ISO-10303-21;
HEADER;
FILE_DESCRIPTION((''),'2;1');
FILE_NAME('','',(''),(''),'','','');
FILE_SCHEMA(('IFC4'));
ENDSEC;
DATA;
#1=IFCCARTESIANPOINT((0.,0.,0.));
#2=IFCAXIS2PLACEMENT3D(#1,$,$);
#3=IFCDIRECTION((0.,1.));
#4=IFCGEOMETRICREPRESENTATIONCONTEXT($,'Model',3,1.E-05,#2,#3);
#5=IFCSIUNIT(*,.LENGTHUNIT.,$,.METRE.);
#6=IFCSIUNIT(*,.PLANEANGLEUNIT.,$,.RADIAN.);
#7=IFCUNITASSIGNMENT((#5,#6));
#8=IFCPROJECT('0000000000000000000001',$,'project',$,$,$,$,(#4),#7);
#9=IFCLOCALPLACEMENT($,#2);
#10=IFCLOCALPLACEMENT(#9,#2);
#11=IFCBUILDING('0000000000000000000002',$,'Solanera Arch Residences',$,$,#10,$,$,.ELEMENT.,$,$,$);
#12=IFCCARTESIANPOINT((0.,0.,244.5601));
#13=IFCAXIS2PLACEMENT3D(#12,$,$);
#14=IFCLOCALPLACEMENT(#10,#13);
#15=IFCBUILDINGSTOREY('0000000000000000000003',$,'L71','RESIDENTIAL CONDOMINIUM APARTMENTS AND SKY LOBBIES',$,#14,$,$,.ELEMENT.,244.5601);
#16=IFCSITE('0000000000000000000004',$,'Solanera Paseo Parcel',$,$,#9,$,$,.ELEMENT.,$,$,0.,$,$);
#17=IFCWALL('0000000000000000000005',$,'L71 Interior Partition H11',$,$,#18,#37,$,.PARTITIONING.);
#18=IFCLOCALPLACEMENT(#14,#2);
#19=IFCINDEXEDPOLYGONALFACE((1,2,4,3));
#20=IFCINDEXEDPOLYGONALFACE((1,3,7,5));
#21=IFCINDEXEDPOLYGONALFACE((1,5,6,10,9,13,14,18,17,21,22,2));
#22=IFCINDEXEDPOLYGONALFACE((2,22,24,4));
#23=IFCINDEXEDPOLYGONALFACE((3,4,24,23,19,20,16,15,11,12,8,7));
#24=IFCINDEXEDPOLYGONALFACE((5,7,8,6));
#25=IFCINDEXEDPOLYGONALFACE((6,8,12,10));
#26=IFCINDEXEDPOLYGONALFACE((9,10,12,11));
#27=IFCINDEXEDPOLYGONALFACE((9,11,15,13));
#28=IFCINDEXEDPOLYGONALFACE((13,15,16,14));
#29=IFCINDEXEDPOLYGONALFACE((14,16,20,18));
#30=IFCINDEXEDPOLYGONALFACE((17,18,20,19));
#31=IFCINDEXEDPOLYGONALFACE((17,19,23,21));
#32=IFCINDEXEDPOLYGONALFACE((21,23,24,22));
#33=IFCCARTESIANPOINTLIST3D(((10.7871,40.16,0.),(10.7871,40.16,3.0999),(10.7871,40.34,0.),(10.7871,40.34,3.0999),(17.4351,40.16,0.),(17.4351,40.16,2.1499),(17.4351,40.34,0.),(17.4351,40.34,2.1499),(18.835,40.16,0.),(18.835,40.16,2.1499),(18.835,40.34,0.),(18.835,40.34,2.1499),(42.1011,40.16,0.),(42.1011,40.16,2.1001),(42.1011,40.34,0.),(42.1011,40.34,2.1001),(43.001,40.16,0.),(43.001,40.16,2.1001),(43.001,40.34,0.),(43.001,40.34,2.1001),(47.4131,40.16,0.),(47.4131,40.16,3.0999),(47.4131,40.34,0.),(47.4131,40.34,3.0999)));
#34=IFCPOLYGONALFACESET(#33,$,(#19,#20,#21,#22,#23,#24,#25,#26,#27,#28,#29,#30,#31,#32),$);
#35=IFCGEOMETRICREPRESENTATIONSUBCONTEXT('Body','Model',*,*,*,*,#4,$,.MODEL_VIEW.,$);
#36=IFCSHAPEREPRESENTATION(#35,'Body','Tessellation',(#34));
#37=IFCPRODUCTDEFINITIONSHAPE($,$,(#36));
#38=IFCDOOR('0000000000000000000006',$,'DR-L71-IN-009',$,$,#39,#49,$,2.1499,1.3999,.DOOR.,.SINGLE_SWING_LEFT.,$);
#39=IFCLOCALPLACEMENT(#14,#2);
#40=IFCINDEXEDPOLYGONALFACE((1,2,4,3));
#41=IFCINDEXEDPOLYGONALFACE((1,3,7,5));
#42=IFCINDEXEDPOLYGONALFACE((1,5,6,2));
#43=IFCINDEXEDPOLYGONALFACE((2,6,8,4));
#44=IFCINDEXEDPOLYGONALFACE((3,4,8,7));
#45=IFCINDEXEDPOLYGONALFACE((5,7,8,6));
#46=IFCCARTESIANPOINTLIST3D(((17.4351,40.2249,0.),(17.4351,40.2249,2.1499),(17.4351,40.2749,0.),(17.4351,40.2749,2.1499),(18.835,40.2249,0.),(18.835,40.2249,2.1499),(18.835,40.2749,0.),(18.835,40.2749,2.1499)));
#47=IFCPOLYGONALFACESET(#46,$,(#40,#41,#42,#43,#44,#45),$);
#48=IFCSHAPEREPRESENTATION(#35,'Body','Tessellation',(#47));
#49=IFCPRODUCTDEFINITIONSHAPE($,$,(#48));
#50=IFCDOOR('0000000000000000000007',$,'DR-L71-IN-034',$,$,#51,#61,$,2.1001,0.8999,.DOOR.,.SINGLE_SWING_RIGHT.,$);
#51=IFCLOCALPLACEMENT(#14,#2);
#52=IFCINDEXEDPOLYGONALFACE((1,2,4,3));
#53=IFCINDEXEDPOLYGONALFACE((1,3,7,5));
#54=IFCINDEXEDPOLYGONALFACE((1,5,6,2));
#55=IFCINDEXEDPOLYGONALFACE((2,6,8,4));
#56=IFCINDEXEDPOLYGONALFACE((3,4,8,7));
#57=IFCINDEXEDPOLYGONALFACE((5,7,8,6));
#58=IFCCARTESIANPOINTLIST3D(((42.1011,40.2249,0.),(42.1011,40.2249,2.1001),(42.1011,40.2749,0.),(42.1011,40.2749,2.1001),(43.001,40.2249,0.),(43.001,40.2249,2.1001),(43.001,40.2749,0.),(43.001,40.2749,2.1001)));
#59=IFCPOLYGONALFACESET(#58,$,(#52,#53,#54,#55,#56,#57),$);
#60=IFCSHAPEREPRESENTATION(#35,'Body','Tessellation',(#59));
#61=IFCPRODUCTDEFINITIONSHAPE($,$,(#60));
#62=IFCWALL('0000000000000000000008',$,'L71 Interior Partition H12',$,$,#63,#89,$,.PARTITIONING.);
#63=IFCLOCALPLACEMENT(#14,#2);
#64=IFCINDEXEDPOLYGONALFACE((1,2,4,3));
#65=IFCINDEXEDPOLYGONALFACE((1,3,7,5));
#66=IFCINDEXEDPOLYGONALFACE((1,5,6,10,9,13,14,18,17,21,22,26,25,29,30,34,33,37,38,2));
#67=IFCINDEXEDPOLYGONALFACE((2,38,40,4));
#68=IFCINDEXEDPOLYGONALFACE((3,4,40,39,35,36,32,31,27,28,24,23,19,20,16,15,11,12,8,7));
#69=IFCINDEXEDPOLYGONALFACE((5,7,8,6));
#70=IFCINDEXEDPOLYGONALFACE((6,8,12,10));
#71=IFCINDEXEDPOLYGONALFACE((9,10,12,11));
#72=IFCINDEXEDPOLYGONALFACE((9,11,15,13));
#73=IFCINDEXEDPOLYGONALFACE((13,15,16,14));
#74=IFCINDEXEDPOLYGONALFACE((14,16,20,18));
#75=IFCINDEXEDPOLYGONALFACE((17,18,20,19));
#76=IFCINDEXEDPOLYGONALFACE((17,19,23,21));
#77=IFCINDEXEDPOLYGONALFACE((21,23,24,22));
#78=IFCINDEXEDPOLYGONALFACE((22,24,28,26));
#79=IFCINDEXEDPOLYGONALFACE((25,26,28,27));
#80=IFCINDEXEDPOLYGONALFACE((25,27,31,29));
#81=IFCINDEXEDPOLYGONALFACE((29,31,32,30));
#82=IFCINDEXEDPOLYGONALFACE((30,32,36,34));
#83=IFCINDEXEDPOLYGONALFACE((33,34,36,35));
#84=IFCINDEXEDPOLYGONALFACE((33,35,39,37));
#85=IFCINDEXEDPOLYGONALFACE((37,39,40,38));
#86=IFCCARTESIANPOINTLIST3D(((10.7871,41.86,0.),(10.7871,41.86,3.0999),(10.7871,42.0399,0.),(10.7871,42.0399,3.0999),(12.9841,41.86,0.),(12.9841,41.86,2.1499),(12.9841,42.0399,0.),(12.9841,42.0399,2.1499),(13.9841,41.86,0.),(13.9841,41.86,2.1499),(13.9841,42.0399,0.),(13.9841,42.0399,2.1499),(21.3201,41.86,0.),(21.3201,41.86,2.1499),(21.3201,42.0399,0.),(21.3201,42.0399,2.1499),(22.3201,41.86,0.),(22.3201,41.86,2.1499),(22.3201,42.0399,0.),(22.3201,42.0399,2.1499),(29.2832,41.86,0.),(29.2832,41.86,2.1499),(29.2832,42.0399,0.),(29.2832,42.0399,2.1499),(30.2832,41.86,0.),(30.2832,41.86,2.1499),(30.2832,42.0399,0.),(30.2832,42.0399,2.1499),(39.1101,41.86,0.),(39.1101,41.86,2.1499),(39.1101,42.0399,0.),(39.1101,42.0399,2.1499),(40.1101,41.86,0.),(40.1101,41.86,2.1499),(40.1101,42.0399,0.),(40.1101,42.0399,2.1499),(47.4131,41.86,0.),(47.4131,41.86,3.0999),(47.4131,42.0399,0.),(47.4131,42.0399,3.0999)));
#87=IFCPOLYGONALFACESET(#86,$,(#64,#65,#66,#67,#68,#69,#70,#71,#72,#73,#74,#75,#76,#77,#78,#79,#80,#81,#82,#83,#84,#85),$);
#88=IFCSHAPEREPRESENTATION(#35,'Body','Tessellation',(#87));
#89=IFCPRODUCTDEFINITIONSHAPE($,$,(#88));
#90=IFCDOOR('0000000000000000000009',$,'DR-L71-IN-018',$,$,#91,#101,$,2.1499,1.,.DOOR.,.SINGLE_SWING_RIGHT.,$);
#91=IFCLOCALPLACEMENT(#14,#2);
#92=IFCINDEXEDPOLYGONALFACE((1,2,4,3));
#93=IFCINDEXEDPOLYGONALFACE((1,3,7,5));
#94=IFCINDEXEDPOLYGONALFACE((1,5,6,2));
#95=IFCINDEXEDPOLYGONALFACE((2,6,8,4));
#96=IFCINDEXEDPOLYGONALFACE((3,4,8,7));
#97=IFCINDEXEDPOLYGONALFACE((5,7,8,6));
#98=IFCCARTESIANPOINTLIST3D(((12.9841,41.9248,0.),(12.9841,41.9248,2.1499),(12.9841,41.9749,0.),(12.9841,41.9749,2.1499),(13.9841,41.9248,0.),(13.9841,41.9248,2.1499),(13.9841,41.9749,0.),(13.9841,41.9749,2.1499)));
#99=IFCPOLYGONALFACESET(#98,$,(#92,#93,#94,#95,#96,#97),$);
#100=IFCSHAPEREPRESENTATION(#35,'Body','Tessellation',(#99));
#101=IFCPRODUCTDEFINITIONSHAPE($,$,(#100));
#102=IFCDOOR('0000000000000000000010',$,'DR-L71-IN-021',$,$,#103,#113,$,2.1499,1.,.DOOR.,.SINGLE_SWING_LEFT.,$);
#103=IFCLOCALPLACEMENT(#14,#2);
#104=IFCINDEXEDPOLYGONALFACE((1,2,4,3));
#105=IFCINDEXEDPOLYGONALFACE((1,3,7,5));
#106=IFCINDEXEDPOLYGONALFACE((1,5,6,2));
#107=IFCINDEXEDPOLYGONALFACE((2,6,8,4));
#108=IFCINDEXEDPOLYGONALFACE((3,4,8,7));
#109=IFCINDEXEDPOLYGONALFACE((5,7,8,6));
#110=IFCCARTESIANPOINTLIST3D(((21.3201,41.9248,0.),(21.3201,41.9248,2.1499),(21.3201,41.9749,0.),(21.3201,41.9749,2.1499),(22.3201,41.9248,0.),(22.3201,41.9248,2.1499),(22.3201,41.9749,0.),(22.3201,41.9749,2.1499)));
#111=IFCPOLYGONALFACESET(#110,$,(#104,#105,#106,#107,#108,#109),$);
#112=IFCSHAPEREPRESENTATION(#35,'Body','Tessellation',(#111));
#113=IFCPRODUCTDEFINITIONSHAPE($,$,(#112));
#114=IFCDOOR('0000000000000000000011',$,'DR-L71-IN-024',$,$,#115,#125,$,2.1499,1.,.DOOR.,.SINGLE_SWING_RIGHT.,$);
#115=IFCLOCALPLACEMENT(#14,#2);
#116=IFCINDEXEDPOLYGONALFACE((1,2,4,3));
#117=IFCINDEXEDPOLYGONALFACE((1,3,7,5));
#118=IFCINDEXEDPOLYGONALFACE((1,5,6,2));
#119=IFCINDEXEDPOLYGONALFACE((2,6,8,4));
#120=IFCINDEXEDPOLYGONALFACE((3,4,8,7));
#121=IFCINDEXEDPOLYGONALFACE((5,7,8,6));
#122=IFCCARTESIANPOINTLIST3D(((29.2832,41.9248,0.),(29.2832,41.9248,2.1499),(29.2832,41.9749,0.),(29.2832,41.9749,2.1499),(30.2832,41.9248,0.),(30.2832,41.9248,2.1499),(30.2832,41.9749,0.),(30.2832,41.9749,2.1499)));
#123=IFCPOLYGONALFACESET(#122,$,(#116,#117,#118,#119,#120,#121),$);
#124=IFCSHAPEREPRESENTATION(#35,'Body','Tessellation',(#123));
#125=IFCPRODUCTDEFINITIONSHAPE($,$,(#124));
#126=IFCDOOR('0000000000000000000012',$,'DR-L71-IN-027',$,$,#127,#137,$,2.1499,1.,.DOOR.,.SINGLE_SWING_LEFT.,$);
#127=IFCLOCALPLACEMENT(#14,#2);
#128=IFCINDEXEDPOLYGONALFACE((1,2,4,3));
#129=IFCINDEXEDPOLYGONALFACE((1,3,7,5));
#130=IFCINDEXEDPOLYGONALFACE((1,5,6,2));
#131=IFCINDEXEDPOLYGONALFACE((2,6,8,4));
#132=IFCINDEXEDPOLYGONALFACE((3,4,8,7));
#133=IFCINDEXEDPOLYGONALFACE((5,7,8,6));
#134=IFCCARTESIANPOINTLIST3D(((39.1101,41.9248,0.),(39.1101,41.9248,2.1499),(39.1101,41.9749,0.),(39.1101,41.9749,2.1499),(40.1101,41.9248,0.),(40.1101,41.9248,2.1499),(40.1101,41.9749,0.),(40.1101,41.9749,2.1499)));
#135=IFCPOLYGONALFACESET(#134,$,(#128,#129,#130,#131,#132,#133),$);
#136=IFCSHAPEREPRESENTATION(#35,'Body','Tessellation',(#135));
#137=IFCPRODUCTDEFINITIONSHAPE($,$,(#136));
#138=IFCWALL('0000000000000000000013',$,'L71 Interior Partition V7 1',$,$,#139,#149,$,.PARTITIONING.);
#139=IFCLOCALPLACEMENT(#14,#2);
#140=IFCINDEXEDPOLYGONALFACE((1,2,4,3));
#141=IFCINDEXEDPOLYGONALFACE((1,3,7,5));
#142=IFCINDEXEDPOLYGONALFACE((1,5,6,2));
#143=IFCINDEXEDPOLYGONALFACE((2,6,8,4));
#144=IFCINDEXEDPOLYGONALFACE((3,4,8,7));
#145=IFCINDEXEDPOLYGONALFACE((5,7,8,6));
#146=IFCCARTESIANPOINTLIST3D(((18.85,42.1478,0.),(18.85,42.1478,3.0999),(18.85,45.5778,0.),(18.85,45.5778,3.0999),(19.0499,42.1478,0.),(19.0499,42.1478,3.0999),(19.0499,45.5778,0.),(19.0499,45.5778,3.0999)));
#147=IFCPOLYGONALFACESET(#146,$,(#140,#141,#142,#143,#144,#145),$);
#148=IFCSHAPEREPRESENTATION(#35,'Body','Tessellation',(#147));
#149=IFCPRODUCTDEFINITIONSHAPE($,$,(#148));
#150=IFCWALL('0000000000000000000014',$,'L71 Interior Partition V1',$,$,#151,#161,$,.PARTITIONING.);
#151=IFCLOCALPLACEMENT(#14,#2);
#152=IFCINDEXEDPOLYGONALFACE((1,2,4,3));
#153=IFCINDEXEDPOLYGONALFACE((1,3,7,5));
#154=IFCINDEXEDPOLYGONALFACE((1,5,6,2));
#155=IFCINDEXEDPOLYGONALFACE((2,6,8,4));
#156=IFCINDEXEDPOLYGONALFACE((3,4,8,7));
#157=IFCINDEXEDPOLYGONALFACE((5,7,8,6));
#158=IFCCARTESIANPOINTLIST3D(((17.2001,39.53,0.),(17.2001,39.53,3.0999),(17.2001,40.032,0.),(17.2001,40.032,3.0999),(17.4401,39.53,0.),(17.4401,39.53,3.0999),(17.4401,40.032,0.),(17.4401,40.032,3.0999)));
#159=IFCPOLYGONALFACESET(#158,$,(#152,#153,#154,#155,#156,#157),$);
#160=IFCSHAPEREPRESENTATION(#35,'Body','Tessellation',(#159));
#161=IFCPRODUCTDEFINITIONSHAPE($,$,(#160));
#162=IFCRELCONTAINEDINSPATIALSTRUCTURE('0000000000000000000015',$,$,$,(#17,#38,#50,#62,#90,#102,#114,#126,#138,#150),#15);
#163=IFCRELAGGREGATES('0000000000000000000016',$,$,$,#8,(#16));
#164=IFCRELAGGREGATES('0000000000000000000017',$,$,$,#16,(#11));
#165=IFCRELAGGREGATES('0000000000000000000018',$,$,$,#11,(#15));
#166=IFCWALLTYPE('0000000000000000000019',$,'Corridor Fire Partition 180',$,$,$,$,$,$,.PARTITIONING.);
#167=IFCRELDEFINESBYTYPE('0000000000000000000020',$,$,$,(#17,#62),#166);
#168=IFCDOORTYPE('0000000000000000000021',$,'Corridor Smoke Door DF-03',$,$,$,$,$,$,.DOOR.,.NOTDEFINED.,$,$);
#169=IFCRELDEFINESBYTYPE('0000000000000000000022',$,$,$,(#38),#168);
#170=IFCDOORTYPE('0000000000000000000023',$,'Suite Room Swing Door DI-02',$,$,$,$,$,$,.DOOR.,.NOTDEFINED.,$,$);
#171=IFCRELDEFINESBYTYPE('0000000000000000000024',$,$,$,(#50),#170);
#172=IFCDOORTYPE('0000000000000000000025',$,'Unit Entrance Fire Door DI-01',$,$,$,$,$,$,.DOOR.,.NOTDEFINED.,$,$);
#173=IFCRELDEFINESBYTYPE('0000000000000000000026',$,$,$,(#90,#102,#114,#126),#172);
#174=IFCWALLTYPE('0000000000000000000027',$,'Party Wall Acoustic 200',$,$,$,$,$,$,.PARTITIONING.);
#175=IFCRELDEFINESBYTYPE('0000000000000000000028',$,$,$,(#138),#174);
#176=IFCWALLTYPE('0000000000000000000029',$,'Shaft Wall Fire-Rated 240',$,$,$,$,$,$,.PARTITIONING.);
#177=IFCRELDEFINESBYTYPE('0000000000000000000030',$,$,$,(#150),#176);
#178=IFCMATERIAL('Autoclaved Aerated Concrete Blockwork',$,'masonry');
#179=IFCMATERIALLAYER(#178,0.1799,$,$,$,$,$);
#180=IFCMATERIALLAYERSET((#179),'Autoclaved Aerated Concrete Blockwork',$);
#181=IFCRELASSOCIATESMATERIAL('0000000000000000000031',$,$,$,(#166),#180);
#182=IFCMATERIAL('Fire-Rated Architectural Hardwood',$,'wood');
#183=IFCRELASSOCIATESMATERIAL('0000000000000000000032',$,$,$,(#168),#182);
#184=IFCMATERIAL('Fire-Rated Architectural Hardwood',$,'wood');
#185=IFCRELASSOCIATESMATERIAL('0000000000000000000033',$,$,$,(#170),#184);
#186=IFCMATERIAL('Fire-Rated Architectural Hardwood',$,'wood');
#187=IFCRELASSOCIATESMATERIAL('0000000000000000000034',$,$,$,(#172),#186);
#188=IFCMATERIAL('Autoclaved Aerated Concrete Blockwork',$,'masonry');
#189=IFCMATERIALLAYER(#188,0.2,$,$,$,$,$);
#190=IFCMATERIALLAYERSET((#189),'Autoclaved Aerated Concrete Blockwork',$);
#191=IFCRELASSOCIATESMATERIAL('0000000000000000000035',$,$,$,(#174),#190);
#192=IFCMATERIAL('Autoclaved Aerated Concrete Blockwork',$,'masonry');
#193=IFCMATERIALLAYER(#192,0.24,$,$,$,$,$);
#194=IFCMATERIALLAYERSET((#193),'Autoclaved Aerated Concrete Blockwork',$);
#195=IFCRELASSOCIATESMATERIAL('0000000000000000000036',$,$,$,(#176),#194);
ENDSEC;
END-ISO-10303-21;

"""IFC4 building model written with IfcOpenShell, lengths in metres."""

from ifc_helpers import new_model, si_unit, direction, frame, frame_2d, origin, place, context, subcontext, project, spatial, rectangle, extrude, material, layer, layer_set, type_object, element, fill, save


model = new_model("IFC4")

# Units and contexts
model_context = context("Model", 3, precision=1e-05, world=origin(), true_north=direction((0.0, 1.0)))
body_context = subcontext(model_context, "Body", "Model", "MODEL_VIEW")
ifc_project = project(units=[si_unit("LENGTHUNIT", "METRE"), si_unit("PLANEANGLEUNIT", "RADIAN")], contexts=[model_context])

# Site, building, storey
site_placement = place(None, origin())
site = spatial("IfcSite", under=ifc_project, at=site_placement, Name="Solanera Paseo Parcel", CompositionType="ELEMENT", RefElevation=0.0)
building_placement = place(site_placement, origin())
building = spatial("IfcBuilding", under=site, at=building_placement, Name="Solanera Arch Residences", CompositionType="ELEMENT")
storey_placement = place(building_placement, frame((0.0, 0.0, 244.5601)))
storey = spatial("IfcBuildingStorey", under=building, at=storey_placement, Name="L71", Description="RESIDENTIAL CONDOMINIUM APARTMENTS AND SKY LOBBIES", CompositionType="ELEMENT", Elevation=244.5601)

# Walls, openings, doors
ifc_material_1 = material(Name="Autoclaved Aerated Concrete Blockwork", Category="masonry")
ifc_layer_1 = layer(ifc_material_1, 0.1799)
ifc_layer_set_1 = layer_set([ifc_layer_1], Name="Autoclaved Aerated Concrete Blockwork")
wall_type_1 = type_object("IfcWallType", Name="Corridor Fire Partition 180", PredefinedType="PARTITIONING", material=ifc_layer_set_1)
wall_1_placement = place(storey_placement, frame((10.7871, 40.25, 0.0), z_axis=(0.0, 0.0, 1.0), x_axis=(1.0, 0.0, 0.0)))
wall_1 = element("IfcWall", 1, at=wall_1_placement, inside=storey, type_object=wall_type_1, Name="L71 Interior Partition H11", PredefinedType="PARTITIONING", context=body_context, shape_type="SweptSolid", body=[
    extrude(rectangle(XDim=36.626, YDim=0.1799, at=frame_2d((18.313, 0.0))), origin(), (0.0, 0.0, 1.0), 3.0999),
])
opening_1_placement = place(wall_1_placement, frame((6.6479, 0.0, 0.0)))
opening_1 = element("IfcOpeningElement", 2, at=opening_1_placement, cuts=wall_1, PredefinedType="OPENING", context=body_context, shape_type="SweptSolid", body=[
    extrude(rectangle(XDim=1.3999, YDim=2.1499, at=frame_2d((0.7, 1.075))), frame((0.0, 0.1001, 0.0), z_axis=(0.0, -1.0, 0.0), x_axis=(1.0, 0.0, 0.0)), (0.0, 0.0, 1.0), 0.1999),
])
opening_2_placement = place(wall_1_placement, frame((31.314, 0.0, 0.0)))
opening_2 = element("IfcOpeningElement", 3, at=opening_2_placement, cuts=wall_1, PredefinedType="OPENING", context=body_context, shape_type="SweptSolid", body=[
    extrude(rectangle(XDim=0.8999, YDim=2.1001, at=frame_2d((0.45, 1.05))), frame((0.0, 0.1001, 0.0), z_axis=(0.0, -1.0, 0.0), x_axis=(1.0, 0.0, 0.0)), (0.0, 0.0, 1.0), 0.1999),
])
ifc_material_2 = material(Name="Fire-Rated Architectural Hardwood", Category="wood")
door_type_1 = type_object("IfcDoorType", Name="Corridor Smoke Door DF-03", OperationType="NOTDEFINED", PredefinedType="DOOR", material=ifc_material_2)
door_1_placement = place(opening_1_placement, origin())
door_1 = element("IfcDoor", 4, at=door_1_placement, inside=storey, type_object=door_type_1, Name="DR-L71-IN-009", OperationType="SINGLE_SWING_LEFT", OverallHeight=2.1499, OverallWidth=1.3999, PredefinedType="DOOR", context=body_context, shape_type="SweptSolid", body=[
    extrude(rectangle(XDim=1.3999, YDim=2.1499, at=frame_2d((0.7, 1.075))), frame((0.0, 0.0249, 0.0), z_axis=(0.0, -1.0, 0.0), x_axis=(1.0, 0.0, 0.0)), (0.0, 0.0, 1.0), 0.05),
])
fill(opening_1, door_1)
ifc_material_3 = material(Name="Fire-Rated Architectural Hardwood", Category="wood")
door_type_2 = type_object("IfcDoorType", Name="Suite Room Swing Door DI-02", OperationType="NOTDEFINED", PredefinedType="DOOR", material=ifc_material_3)
door_2_placement = place(opening_2_placement, origin())
door_2 = element("IfcDoor", 5, at=door_2_placement, inside=storey, type_object=door_type_2, Name="DR-L71-IN-034", OperationType="SINGLE_SWING_RIGHT", OverallHeight=2.1001, OverallWidth=0.8999, PredefinedType="DOOR", context=body_context, shape_type="SweptSolid", body=[
    extrude(rectangle(XDim=0.8999, YDim=2.1001, at=frame_2d((0.45, 1.05))), frame((0.0, 0.0249, 0.0), z_axis=(0.0, -1.0, 0.0), x_axis=(1.0, 0.0, 0.0)), (0.0, 0.0, 1.0), 0.05),
])
fill(opening_2, door_2)
wall_2_placement = place(storey_placement, frame((10.7871, 41.95, 0.0), z_axis=(0.0, 0.0, 1.0), x_axis=(1.0, 0.0, 0.0)))
wall_2 = element("IfcWall", 6, at=wall_2_placement, inside=storey, type_object=wall_type_1, Name="L71 Interior Partition H12", PredefinedType="PARTITIONING", context=body_context, shape_type="SweptSolid", body=[
    extrude(rectangle(XDim=36.626, YDim=0.1799, at=frame_2d((18.313, 0.0))), origin(), (0.0, 0.0, 1.0), 3.0999),
])
opening_3_placement = place(wall_2_placement, frame((2.197, 0.0, 0.0)))
opening_3 = element("IfcOpeningElement", 7, at=opening_3_placement, cuts=wall_2, PredefinedType="OPENING", context=body_context, shape_type="SweptSolid", body=[
    extrude(rectangle(XDim=1.0, YDim=2.1499, at=frame_2d((0.5, 1.075))), frame((0.0, 0.1001, 0.0), z_axis=(0.0, -1.0, 0.0), x_axis=(1.0, 0.0, 0.0)), (0.0, 0.0, 1.0), 0.1999),
])
opening_4_placement = place(wall_2_placement, frame((10.533, 0.0, 0.0)))
opening_4 = element("IfcOpeningElement", 8, at=opening_4_placement, cuts=wall_2, PredefinedType="OPENING", context=body_context, shape_type="SweptSolid", body=[
    extrude(rectangle(XDim=1.0, YDim=2.1499, at=frame_2d((0.5, 1.075))), frame((0.0, 0.1001, 0.0), z_axis=(0.0, -1.0, 0.0), x_axis=(1.0, 0.0, 0.0)), (0.0, 0.0, 1.0), 0.1999),
])
opening_5_placement = place(wall_2_placement, frame((18.4961, 0.0, 0.0)))
opening_5 = element("IfcOpeningElement", 9, at=opening_5_placement, cuts=wall_2, PredefinedType="OPENING", context=body_context, shape_type="SweptSolid", body=[
    extrude(rectangle(XDim=1.0, YDim=2.1499, at=frame_2d((0.5, 1.075))), frame((0.0, 0.1001, 0.0), z_axis=(0.0, -1.0, 0.0), x_axis=(1.0, 0.0, 0.0)), (0.0, 0.0, 1.0), 0.1999),
])
opening_6_placement = place(wall_2_placement, frame((28.323, 0.0, 0.0)))
opening_6 = element("IfcOpeningElement", 10, at=opening_6_placement, cuts=wall_2, PredefinedType="OPENING", context=body_context, shape_type="SweptSolid", body=[
    extrude(rectangle(XDim=1.0, YDim=2.1499, at=frame_2d((0.5, 1.075))), frame((0.0, 0.1001, 0.0), z_axis=(0.0, -1.0, 0.0), x_axis=(1.0, 0.0, 0.0)), (0.0, 0.0, 1.0), 0.1999),
])
ifc_material_4 = material(Name="Fire-Rated Architectural Hardwood", Category="wood")
door_type_3 = type_object("IfcDoorType", Name="Unit Entrance Fire Door DI-01", OperationType="NOTDEFINED", PredefinedType="DOOR", material=ifc_material_4)
door_3_placement = place(opening_3_placement, origin())
door_3 = element("IfcDoor", 11, at=door_3_placement, inside=storey, type_object=door_type_3, Name="DR-L71-IN-018", OperationType="SINGLE_SWING_RIGHT", OverallHeight=2.1499, OverallWidth=1.0, PredefinedType="DOOR", context=body_context, shape_type="SweptSolid", body=[
    extrude(rectangle(XDim=1.0, YDim=2.1499, at=frame_2d((0.5, 1.075))), frame((0.0, 0.0249, 0.0), z_axis=(0.0, -1.0, 0.0), x_axis=(1.0, 0.0, 0.0)), (0.0, 0.0, 1.0), 0.05),
])
fill(opening_3, door_3)
door_4_placement = place(opening_4_placement, origin())
door_4 = element("IfcDoor", 12, at=door_4_placement, inside=storey, type_object=door_type_3, Name="DR-L71-IN-021", OperationType="SINGLE_SWING_LEFT", OverallHeight=2.1499, OverallWidth=1.0, PredefinedType="DOOR", context=body_context, shape_type="SweptSolid", body=[
    extrude(rectangle(XDim=1.0, YDim=2.1499, at=frame_2d((0.5, 1.075))), frame((0.0, 0.0249, 0.0), z_axis=(0.0, -1.0, 0.0), x_axis=(1.0, 0.0, 0.0)), (0.0, 0.0, 1.0), 0.05),
])
fill(opening_4, door_4)
door_5_placement = place(opening_5_placement, origin())
door_5 = element("IfcDoor", 13, at=door_5_placement, inside=storey, type_object=door_type_3, Name="DR-L71-IN-024", OperationType="SINGLE_SWING_RIGHT", OverallHeight=2.1499, OverallWidth=1.0, PredefinedType="DOOR", context=body_context, shape_type="SweptSolid", body=[
    extrude(rectangle(XDim=1.0, YDim=2.1499, at=frame_2d((0.5, 1.075))), frame((0.0, 0.0249, 0.0), z_axis=(0.0, -1.0, 0.0), x_axis=(1.0, 0.0, 0.0)), (0.0, 0.0, 1.0), 0.05),
])
fill(opening_5, door_5)
door_6_placement = place(opening_6_placement, origin())
door_6 = element("IfcDoor", 14, at=door_6_placement, inside=storey, type_object=door_type_3, Name="DR-L71-IN-027", OperationType="SINGLE_SWING_LEFT", OverallHeight=2.1499, OverallWidth=1.0, PredefinedType="DOOR", context=body_context, shape_type="SweptSolid", body=[
    extrude(rectangle(XDim=1.0, YDim=2.1499, at=frame_2d((0.5, 1.075))), frame((0.0, 0.0249, 0.0), z_axis=(0.0, -1.0, 0.0), x_axis=(1.0, 0.0, 0.0)), (0.0, 0.0, 1.0), 0.05),
])
fill(opening_6, door_6)

# Walls
ifc_material_5 = material(Name="Autoclaved Aerated Concrete Blockwork", Category="masonry")
ifc_layer_2 = layer(ifc_material_5, 0.2)
ifc_layer_set_2 = layer_set([ifc_layer_2], Name="Autoclaved Aerated Concrete Blockwork")
wall_type_2 = type_object("IfcWallType", Name="Party Wall Acoustic 200", PredefinedType="PARTITIONING", material=ifc_layer_set_2)
wall_3_placement = place(storey_placement, frame((18.95, 42.1479, 0.0), z_axis=(0.0, 0.0, 1.0), x_axis=(0.0, 1.0, 0.0)))
element("IfcWall", 15, at=wall_3_placement, inside=storey, type_object=wall_type_2, Name="L71 Interior Partition V7 1", PredefinedType="PARTITIONING", context=body_context, shape_type="SweptSolid", body=[
    extrude(rectangle(XDim=3.4299, YDim=0.2, at=frame_2d((1.7148, 0.0))), origin(), (0.0, 0.0, 1.0), 3.0999),
])
ifc_material_6 = material(Name="Autoclaved Aerated Concrete Blockwork", Category="masonry")
ifc_layer_3 = layer(ifc_material_6, 0.24)
ifc_layer_set_3 = layer_set([ifc_layer_3], Name="Autoclaved Aerated Concrete Blockwork")
wall_type_3 = type_object("IfcWallType", Name="Shaft Wall Fire-Rated 240", PredefinedType="PARTITIONING", material=ifc_layer_set_3)
wall_4_placement = place(storey_placement, frame((17.3201, 39.53, 0.0), z_axis=(0.0, 0.0, 1.0), x_axis=(0.0, 1.0, 0.0)))
element("IfcWall", 16, at=wall_4_placement, inside=storey, type_object=wall_type_3, Name="L71 Interior Partition V1", PredefinedType="PARTITIONING", context=body_context, shape_type="SweptSolid", body=[
    extrude(rectangle(XDim=0.502, YDim=0.24, at=frame_2d((0.251, 0.0))), origin(), (0.0, 0.0, 1.0), 3.0999),
])

save(model, "model.ifc")
